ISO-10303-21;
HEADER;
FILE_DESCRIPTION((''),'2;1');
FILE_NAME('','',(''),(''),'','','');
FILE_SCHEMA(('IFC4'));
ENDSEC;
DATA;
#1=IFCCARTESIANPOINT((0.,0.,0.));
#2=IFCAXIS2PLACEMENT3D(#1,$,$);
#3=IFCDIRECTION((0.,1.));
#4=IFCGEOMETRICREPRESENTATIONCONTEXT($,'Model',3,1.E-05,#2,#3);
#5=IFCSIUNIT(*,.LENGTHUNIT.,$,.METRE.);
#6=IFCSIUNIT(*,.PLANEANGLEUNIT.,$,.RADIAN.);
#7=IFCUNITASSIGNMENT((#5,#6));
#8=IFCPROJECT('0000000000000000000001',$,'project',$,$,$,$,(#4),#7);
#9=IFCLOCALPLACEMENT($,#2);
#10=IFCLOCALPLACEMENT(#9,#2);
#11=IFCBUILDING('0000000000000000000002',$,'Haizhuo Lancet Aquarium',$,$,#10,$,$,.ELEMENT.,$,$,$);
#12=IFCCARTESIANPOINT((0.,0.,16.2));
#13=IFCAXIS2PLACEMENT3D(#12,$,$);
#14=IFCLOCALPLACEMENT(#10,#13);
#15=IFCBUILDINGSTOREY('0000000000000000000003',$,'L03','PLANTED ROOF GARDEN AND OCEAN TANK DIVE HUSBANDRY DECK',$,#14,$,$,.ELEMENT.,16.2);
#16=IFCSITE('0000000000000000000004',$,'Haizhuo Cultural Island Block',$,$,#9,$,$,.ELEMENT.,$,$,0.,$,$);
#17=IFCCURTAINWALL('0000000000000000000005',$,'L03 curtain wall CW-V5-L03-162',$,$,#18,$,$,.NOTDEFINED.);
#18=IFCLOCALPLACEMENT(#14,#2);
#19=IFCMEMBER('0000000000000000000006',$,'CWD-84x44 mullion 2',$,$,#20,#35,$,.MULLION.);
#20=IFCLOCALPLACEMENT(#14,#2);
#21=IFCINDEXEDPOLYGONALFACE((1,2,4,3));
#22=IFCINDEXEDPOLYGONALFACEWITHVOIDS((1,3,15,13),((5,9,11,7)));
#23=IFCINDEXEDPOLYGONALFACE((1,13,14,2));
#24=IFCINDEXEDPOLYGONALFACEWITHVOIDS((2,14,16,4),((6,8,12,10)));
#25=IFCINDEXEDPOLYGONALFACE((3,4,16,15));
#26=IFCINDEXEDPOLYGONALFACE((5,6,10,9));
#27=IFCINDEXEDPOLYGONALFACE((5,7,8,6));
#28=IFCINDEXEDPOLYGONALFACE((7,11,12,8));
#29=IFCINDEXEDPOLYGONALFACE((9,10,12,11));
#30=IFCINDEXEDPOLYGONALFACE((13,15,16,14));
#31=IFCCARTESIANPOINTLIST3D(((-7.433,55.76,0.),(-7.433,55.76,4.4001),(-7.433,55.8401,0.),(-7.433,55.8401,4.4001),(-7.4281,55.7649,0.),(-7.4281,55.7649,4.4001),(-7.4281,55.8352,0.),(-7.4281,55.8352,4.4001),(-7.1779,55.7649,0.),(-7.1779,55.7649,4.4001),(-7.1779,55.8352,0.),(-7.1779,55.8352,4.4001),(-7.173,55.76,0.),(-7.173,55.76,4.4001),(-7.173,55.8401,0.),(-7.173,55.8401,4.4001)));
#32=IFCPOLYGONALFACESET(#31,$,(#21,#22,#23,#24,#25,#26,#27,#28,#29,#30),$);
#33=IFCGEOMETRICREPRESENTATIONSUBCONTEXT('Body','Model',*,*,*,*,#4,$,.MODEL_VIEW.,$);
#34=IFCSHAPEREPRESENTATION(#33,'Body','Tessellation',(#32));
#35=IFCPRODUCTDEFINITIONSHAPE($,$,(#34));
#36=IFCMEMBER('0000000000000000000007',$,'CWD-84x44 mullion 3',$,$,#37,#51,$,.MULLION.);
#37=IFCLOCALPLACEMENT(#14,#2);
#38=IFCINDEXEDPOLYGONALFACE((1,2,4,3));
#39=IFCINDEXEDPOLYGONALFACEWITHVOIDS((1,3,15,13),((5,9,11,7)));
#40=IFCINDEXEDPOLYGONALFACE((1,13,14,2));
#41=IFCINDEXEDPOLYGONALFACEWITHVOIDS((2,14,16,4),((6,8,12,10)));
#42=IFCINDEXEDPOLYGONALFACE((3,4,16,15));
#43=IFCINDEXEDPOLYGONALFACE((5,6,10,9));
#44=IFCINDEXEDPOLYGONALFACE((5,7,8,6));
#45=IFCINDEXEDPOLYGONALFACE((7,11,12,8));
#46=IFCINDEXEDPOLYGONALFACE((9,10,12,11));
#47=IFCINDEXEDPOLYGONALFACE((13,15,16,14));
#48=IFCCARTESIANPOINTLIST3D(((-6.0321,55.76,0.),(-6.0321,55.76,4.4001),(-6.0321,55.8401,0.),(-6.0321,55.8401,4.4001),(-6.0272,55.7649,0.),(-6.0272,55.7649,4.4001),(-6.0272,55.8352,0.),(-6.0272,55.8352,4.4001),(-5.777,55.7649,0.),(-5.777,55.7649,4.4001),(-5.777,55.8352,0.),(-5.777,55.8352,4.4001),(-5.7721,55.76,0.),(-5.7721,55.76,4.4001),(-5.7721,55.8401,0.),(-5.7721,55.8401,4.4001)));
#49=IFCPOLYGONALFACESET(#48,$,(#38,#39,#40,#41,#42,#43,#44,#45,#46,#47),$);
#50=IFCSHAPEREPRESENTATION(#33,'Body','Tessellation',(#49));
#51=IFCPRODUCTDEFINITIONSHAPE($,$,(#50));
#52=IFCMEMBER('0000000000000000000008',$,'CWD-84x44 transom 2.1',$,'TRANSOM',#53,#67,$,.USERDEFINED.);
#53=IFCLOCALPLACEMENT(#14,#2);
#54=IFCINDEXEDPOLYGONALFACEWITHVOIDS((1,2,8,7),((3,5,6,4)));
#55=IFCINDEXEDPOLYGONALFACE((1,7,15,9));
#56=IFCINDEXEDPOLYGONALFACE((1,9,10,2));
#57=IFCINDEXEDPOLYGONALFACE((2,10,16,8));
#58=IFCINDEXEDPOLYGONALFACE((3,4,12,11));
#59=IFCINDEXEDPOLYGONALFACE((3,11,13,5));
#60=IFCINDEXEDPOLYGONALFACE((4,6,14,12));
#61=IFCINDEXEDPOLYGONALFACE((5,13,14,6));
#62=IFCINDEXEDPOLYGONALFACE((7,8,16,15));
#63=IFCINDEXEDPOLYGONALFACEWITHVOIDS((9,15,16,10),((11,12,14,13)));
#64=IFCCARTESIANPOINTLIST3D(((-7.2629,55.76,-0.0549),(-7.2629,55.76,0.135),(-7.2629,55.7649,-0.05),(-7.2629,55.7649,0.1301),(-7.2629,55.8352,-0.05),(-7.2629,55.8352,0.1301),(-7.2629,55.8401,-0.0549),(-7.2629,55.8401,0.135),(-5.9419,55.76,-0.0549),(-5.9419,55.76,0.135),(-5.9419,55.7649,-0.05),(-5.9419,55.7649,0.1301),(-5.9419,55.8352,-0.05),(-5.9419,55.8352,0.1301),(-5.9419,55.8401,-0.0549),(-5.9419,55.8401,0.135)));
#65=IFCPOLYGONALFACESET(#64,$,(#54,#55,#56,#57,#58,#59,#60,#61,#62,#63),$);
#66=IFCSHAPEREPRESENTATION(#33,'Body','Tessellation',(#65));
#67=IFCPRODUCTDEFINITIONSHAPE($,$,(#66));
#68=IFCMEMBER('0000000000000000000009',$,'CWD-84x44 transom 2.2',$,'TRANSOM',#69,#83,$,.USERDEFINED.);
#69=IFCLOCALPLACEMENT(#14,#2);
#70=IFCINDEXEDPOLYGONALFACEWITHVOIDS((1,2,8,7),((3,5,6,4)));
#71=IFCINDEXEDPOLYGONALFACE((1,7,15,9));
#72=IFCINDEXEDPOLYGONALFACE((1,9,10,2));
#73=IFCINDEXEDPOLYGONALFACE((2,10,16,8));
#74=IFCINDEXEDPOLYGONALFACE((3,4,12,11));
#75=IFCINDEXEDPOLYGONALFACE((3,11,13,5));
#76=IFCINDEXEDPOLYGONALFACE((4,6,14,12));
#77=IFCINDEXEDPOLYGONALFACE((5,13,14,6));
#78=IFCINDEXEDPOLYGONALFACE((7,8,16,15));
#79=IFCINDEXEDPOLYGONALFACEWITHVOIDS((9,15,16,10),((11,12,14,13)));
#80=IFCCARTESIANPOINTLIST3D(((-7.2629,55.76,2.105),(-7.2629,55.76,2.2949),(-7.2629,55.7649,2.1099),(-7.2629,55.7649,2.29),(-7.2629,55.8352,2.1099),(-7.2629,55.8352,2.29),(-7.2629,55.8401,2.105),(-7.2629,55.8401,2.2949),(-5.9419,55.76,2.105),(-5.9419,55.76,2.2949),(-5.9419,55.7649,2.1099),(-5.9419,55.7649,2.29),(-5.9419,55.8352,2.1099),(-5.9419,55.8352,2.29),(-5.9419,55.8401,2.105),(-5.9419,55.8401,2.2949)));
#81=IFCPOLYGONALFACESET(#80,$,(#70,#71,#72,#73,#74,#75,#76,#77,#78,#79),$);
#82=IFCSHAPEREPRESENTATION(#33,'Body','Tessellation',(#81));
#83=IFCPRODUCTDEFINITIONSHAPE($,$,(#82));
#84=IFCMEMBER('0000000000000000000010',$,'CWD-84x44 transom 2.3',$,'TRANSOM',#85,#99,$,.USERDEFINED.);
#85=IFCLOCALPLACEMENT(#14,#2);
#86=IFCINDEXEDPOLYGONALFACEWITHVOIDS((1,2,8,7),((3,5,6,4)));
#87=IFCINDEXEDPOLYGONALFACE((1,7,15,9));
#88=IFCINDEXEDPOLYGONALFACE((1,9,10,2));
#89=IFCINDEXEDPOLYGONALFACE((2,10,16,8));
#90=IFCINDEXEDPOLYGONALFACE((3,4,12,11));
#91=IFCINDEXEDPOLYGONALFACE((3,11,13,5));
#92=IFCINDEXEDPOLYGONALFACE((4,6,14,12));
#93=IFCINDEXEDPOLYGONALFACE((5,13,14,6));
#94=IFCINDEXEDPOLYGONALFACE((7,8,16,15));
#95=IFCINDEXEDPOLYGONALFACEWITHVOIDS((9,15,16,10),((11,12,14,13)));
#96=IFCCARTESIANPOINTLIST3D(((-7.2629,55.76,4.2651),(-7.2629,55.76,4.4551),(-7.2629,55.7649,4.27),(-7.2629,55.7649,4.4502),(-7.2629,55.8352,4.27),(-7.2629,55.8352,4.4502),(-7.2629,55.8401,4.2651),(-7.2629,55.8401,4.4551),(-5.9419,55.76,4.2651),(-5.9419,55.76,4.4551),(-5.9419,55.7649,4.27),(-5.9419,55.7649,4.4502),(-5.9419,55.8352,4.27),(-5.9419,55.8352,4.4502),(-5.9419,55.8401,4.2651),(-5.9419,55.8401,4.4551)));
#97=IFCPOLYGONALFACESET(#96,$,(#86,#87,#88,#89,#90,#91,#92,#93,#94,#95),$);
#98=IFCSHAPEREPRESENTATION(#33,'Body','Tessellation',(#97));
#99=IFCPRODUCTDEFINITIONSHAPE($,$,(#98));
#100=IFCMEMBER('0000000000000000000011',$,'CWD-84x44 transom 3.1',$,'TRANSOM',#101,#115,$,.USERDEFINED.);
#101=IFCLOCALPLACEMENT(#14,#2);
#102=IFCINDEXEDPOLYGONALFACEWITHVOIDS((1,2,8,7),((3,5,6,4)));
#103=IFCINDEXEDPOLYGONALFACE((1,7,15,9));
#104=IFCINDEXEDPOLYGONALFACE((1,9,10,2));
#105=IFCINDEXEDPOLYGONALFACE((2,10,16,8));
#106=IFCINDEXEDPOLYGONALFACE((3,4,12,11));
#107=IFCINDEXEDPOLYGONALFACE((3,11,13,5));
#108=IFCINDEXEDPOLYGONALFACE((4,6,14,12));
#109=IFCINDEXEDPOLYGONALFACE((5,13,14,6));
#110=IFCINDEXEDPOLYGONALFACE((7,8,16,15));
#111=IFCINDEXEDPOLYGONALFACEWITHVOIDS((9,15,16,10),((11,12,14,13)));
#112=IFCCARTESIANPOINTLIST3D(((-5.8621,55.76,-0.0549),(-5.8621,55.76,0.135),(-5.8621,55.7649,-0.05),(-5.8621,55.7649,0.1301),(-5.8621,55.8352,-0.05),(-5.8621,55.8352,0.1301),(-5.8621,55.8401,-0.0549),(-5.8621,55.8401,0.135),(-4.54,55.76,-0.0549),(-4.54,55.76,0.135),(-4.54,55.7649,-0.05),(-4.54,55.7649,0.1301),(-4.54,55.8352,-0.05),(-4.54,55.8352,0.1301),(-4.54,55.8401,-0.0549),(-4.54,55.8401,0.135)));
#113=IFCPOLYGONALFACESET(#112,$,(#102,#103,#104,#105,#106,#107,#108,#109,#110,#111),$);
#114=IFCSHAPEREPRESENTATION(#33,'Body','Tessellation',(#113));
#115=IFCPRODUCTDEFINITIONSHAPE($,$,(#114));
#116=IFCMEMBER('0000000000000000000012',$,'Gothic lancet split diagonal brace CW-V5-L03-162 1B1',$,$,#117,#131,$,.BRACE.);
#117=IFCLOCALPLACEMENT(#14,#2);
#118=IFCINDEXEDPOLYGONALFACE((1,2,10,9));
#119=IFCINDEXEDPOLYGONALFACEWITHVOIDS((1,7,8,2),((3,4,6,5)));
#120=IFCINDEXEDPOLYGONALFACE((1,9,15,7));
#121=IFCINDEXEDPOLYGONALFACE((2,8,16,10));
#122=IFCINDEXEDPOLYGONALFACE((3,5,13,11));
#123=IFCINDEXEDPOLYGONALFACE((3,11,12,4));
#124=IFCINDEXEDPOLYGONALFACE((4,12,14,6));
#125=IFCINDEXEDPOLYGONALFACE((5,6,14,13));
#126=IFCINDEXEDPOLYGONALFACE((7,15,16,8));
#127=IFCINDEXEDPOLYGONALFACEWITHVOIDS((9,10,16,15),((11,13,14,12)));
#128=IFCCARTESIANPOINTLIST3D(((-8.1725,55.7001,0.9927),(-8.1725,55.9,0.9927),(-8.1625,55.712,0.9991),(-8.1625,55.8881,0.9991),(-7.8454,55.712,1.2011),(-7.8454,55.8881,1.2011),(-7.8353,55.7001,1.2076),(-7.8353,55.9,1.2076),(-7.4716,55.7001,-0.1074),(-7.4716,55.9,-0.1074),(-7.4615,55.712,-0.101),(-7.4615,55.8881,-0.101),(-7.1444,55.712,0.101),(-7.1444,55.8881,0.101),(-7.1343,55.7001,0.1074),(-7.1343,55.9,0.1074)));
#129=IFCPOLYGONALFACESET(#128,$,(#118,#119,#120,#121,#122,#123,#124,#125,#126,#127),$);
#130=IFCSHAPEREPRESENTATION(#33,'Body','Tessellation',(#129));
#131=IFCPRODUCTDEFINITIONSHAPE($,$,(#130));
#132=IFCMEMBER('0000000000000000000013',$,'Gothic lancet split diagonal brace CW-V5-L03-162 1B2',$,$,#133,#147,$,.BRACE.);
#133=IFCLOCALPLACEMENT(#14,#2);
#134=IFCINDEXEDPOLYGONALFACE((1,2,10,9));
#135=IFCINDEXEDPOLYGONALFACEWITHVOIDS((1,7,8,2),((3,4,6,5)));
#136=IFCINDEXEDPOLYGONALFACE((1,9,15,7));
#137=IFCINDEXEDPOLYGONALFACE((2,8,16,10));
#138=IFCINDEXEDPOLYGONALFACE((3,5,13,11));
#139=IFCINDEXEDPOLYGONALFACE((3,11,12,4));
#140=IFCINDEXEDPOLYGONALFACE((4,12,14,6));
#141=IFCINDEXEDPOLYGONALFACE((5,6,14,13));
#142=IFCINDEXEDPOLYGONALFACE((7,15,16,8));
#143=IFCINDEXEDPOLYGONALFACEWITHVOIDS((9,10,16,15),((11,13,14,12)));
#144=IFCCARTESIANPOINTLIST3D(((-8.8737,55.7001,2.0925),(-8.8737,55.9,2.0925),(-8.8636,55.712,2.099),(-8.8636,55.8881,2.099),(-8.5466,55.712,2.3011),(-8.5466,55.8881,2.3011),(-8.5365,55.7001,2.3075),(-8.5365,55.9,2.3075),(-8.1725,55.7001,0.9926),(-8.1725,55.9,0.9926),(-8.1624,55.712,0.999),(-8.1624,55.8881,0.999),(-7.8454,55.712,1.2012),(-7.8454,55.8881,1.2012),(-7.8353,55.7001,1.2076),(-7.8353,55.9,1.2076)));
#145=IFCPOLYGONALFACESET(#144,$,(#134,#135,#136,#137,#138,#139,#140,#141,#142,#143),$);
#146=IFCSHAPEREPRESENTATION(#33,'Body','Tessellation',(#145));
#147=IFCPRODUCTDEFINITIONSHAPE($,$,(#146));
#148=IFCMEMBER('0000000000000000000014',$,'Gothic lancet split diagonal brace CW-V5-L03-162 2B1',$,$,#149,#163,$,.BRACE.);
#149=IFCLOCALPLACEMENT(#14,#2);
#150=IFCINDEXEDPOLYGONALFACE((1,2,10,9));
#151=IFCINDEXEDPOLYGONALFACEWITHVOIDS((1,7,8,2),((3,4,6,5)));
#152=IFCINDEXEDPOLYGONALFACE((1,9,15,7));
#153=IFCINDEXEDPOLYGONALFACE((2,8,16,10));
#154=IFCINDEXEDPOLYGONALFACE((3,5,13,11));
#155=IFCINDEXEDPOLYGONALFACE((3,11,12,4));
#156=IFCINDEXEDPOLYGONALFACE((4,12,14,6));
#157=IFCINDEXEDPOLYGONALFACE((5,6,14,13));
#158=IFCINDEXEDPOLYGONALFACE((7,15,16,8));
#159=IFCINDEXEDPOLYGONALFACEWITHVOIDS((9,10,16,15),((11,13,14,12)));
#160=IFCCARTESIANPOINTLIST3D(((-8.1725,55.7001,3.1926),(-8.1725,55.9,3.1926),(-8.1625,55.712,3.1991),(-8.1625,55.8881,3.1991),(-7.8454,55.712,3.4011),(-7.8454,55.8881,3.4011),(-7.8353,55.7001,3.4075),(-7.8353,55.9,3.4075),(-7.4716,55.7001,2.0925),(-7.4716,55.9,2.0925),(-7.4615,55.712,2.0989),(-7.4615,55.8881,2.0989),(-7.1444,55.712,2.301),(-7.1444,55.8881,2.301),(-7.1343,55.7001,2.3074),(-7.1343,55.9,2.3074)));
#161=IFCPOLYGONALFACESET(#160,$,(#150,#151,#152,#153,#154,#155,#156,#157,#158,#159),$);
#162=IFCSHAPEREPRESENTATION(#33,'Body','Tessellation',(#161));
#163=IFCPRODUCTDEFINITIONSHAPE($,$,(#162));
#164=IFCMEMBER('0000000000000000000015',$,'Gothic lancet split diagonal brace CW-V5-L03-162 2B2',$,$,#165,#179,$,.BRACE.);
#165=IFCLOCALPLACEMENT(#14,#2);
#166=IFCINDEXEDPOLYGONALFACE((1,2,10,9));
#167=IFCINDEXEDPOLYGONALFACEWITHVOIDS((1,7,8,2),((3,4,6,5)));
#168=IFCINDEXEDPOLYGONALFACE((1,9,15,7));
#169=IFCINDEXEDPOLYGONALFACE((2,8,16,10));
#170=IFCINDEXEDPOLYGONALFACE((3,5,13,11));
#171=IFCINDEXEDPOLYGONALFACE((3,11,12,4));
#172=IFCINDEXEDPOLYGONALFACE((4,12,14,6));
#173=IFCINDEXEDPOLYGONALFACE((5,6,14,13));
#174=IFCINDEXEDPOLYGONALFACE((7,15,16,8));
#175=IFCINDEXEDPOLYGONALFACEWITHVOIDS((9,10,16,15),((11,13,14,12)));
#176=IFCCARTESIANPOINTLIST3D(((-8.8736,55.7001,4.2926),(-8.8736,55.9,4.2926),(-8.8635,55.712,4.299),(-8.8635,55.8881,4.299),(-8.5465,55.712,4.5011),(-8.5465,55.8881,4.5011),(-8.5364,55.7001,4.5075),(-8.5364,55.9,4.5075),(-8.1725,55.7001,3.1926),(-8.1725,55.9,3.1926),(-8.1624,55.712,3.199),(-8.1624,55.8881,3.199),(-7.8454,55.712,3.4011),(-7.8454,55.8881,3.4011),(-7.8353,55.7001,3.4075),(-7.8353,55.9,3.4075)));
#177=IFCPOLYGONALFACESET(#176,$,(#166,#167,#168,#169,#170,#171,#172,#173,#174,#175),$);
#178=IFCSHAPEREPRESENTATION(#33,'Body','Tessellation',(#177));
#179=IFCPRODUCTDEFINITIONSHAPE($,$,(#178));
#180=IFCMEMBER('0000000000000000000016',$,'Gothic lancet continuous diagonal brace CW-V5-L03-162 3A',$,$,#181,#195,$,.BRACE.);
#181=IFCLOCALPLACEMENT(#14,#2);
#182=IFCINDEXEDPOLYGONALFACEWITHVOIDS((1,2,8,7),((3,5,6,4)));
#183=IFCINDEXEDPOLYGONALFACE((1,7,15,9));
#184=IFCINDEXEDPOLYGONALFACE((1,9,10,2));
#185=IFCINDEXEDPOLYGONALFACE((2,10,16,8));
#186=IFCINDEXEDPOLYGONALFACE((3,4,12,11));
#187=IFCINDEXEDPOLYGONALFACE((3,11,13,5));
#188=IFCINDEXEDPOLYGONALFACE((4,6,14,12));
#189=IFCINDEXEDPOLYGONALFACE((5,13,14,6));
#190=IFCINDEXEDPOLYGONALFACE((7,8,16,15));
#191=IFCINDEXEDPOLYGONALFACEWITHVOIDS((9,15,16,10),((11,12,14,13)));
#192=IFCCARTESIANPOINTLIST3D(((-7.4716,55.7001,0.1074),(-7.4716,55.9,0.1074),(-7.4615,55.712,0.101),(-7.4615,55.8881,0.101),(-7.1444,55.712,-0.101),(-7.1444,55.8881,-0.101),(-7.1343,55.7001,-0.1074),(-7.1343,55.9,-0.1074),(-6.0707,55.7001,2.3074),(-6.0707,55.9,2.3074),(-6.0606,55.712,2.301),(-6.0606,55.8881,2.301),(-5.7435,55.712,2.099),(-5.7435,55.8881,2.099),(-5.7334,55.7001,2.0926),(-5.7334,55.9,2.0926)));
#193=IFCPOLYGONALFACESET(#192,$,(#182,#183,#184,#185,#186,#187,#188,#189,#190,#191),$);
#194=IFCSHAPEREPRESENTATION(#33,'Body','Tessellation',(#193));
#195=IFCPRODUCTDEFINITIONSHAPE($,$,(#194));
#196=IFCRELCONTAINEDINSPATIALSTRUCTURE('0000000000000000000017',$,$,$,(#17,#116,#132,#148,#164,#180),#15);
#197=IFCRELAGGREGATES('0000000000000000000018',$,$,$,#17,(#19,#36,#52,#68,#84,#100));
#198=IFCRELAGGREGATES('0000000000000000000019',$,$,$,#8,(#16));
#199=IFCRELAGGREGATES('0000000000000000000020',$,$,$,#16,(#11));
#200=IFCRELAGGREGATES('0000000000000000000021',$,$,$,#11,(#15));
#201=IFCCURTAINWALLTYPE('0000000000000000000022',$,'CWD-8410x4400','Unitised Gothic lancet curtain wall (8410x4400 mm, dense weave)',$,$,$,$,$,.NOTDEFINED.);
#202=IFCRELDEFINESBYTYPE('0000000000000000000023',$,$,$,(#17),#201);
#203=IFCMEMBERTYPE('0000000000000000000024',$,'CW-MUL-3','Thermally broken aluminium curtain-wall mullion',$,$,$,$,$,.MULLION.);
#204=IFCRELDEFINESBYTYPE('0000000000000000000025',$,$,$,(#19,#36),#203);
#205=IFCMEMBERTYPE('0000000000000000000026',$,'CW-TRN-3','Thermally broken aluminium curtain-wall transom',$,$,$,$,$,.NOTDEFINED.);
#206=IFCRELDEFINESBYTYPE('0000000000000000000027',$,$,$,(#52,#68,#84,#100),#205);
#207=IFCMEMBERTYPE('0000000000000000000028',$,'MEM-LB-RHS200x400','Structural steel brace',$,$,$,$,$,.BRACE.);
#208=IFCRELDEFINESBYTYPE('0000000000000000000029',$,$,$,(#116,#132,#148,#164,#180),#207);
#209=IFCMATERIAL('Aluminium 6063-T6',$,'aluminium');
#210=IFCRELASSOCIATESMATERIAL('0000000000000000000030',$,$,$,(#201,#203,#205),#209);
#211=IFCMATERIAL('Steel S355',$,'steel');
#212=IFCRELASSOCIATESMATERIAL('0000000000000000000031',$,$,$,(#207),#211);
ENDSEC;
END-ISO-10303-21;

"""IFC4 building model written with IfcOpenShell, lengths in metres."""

from ifc_helpers import new_model, si_unit, direction, frame, origin, origin_2d, place, context, subcontext, project, spatial, hollow_rectangle, extrude, material, material_profile, profile_set, type_object, element, aggregate, save


model = new_model("IFC4")

# Units and contexts
model_context = context("Model", 3, precision=1e-05, world=origin(), true_north=direction((0.0, 1.0)))
body_context = subcontext(model_context, "Body", "Model", "MODEL_VIEW")
ifc_project = project(units=[si_unit("LENGTHUNIT", "METRE"), si_unit("PLANEANGLEUNIT", "RADIAN")], contexts=[model_context])

# Site, building, storey
site_placement = place(None, origin())
site = spatial("IfcSite", under=ifc_project, at=site_placement, Name="Haizhuo Cultural Island Block", CompositionType="ELEMENT", RefElevation=0.0)
building_placement = place(site_placement, origin())
building = spatial("IfcBuilding", under=site, at=building_placement, Name="Haizhuo Lancet Aquarium", CompositionType="ELEMENT")
storey_placement = place(building_placement, frame((0.0, 0.0, 16.2)))
storey = spatial("IfcBuildingStorey", under=building, at=storey_placement, Name="L03", Description="PLANTED ROOF GARDEN AND OCEAN TANK DIVE HUSBANDRY DECK", CompositionType="ELEMENT", Elevation=16.2)

# Curtain wall, members
ifc_material_1 = material(Name="Aluminium 6063-T6", Category="aluminium")
curtain_wall_type = type_object("IfcCurtainWallType", Name="CWD-8410x4400", Description="Unitised Gothic lancet curtain wall (8410x4400 mm, dense weave)", PredefinedType="NOTDEFINED", material=ifc_material_1)
curtain_wall_placement = place(storey_placement, origin())
curtain_wall = element("IfcCurtainWall", 1, at=curtain_wall_placement, inside=storey, type_object=curtain_wall_type, Name="L03 curtain wall CW-V5-L03-162", PredefinedType="NOTDEFINED")
ifc_material_profile_1 = material_profile(ifc_material_1, hollow_rectangle(XDim=0.0801, YDim=0.26, WallThickness=0.0049, at=origin_2d()), Name="ALU-M 80x260x5")
ifc_profile_set_1 = profile_set([ifc_material_profile_1], Name="Aluminium 6063-T6")
member_type_1 = type_object("IfcMemberType", Name="CW-MUL-3", Description="Thermally broken aluminium curtain-wall mullion", PredefinedType="MULLION", material=ifc_profile_set_1)
member_1_placement = place(storey_placement, frame((-7.303, 55.8, 0.0), z_axis=(0.0, 0.0, 1.0), x_axis=(0.0, 1.0, 0.0)))
member_1 = element("IfcMember", 2, at=member_1_placement, type_object=member_type_1, Name="CWD-84x44 mullion 2", PredefinedType="MULLION", context=body_context, shape_type="SweptSolid", body=[
    extrude(hollow_rectangle(XDim=0.0801, YDim=0.26, WallThickness=0.0049, at=origin_2d()), origin(), (0.0, 0.0, 1.0), 4.4001),
])
member_2_placement = place(storey_placement, frame((-5.9021, 55.8, 0.0), z_axis=(0.0, 0.0, 1.0), x_axis=(0.0, 1.0, 0.0)))
member_2 = element("IfcMember", 3, at=member_2_placement, type_object=member_type_1, Name="CWD-84x44 mullion 3", PredefinedType="MULLION", context=body_context, shape_type="SweptSolid", body=[
    extrude(hollow_rectangle(XDim=0.0801, YDim=0.26, WallThickness=0.0049, at=origin_2d()), origin(), (0.0, 0.0, 1.0), 4.4001),
])
ifc_material_profile_2 = material_profile(ifc_material_1, hollow_rectangle(XDim=0.0801, YDim=0.1899, WallThickness=0.0049, at=origin_2d()), Name="ALU-T 80x190x5")
ifc_profile_set_2 = profile_set([ifc_material_profile_2], Name="Aluminium 6063-T6")
member_type_2 = type_object("IfcMemberType", Name="CW-TRN-3", Description="Thermally broken aluminium curtain-wall transom", PredefinedType="NOTDEFINED", material=ifc_profile_set_2)
member_3_placement = place(storey_placement, frame((-7.2629, 55.8, 0.04), z_axis=(1.0, 0.0, 0.0), x_axis=(0.0, 1.0, 0.0)))
member_3 = element("IfcMember", 4, at=member_3_placement, type_object=member_type_2, Name="CWD-84x44 transom 2.1", ObjectType="TRANSOM", PredefinedType="USERDEFINED", context=body_context, shape_type="SweptSolid", body=[
    extrude(hollow_rectangle(XDim=0.0801, YDim=0.1899, WallThickness=0.0049, at=origin_2d()), origin(), (0.0, 0.0, 1.0), 1.321),
])
member_4_placement = place(storey_placement, frame((-7.2629, 55.8, 2.2), z_axis=(1.0, 0.0, 0.0), x_axis=(0.0, 1.0, 0.0)))
member_4 = element("IfcMember", 5, at=member_4_placement, type_object=member_type_2, Name="CWD-84x44 transom 2.2", ObjectType="TRANSOM", PredefinedType="USERDEFINED", context=body_context, shape_type="SweptSolid", body=[
    extrude(hollow_rectangle(XDim=0.0801, YDim=0.1899, WallThickness=0.0049, at=origin_2d()), origin(), (0.0, 0.0, 1.0), 1.321),
])
member_5_placement = place(storey_placement, frame((-7.2629, 55.8, 4.3601), z_axis=(1.0, 0.0, 0.0), x_axis=(0.0, 1.0, 0.0)))
member_5 = element("IfcMember", 6, at=member_5_placement, type_object=member_type_2, Name="CWD-84x44 transom 2.3", ObjectType="TRANSOM", PredefinedType="USERDEFINED", context=body_context, shape_type="SweptSolid", body=[
    extrude(hollow_rectangle(XDim=0.0801, YDim=0.1899, WallThickness=0.0049, at=origin_2d()), origin(), (0.0, 0.0, 1.0), 1.321),
])
member_6_placement = place(storey_placement, frame((-5.8621, 55.8, 0.04), z_axis=(1.0, 0.0, 0.0), x_axis=(0.0, 1.0, 0.0)))
member_6 = element("IfcMember", 7, at=member_6_placement, type_object=member_type_2, Name="CWD-84x44 transom 3.1", ObjectType="TRANSOM", PredefinedType="USERDEFINED", context=body_context, shape_type="SweptSolid", body=[
    extrude(hollow_rectangle(XDim=0.0801, YDim=0.1899, WallThickness=0.0049, at=origin_2d()), origin(), (0.0, 0.0, 1.0), 1.322),
])

# Members
ifc_material_2 = material(Name="Steel S355", Category="steel")
ifc_material_profile_3 = material_profile(ifc_material_2, hollow_rectangle(XDim=0.2, YDim=0.3999, WallThickness=0.012, at=origin_2d()), Name="RHS 200x400x12")
ifc_profile_set_3 = profile_set([ifc_material_profile_3], Name="Steel S355")
member_type_3 = type_object("IfcMemberType", Name="MEM-LB-RHS200x400", Description="Structural steel brace", PredefinedType="BRACE", material=ifc_profile_set_3)
for number, where, z_axis, x_axis, name in (
    (8, (-7.303, 55.8, 0.0), (-0.537348, 0.0, 0.843361), (0.0, -1.0, 0.0), "Gothic lancet split diagonal brace CW-V5-L03-162 1B1"),
    (9, (-8.0039, 55.8, 1.1001), (-0.537566, 0.0, 0.843222), (0.0, -1.0, 0.0), "Gothic lancet split diagonal brace CW-V5-L03-162 1B2"),
    (10, (-7.303, 55.8, 2.2), (-0.537348, 0.0, 0.843361), (0.0, -1.0, 0.0), "Gothic lancet split diagonal brace CW-V5-L03-162 2B1"),
    (11, (-8.0039, 55.8, 3.3), (-0.537481, 0.0, 0.843276), (0.0, -1.0, 0.0), "Gothic lancet split diagonal brace CW-V5-L03-162 2B2"),
):
    element("IfcMember", number, at=place(storey_placement, frame(where, z_axis=z_axis, x_axis=x_axis)), inside=storey, type_object=member_type_3, Name=name, PredefinedType="BRACE", context=body_context, shape_type="SweptSolid", body=[
        extrude(hollow_rectangle(XDim=0.2, YDim=0.3999, WallThickness=0.012, at=origin_2d()), origin(), (0.0, 0.0, 1.0), 1.3044),
    ])
member_7_placement = place(storey_placement, frame((-7.303, 55.8, 0.0), z_axis=(0.537124, 0.0, 0.843503), x_axis=(0.0, 1.0, 0.0)))
element("IfcMember", 12, at=member_7_placement, inside=storey, type_object=member_type_3, Name="Gothic lancet continuous diagonal brace CW-V5-L03-162 3A", PredefinedType="BRACE", context=body_context, shape_type="SweptSolid", body=[
    extrude(hollow_rectangle(XDim=0.2, YDim=0.3999, WallThickness=0.012, at=origin_2d()), origin(), (0.0, 0.0, 1.0), 2.6082),
])

aggregate(curtain_wall, [member_1, member_2, member_3, member_4, member_5, member_6])

save(model, "model.ifc")
